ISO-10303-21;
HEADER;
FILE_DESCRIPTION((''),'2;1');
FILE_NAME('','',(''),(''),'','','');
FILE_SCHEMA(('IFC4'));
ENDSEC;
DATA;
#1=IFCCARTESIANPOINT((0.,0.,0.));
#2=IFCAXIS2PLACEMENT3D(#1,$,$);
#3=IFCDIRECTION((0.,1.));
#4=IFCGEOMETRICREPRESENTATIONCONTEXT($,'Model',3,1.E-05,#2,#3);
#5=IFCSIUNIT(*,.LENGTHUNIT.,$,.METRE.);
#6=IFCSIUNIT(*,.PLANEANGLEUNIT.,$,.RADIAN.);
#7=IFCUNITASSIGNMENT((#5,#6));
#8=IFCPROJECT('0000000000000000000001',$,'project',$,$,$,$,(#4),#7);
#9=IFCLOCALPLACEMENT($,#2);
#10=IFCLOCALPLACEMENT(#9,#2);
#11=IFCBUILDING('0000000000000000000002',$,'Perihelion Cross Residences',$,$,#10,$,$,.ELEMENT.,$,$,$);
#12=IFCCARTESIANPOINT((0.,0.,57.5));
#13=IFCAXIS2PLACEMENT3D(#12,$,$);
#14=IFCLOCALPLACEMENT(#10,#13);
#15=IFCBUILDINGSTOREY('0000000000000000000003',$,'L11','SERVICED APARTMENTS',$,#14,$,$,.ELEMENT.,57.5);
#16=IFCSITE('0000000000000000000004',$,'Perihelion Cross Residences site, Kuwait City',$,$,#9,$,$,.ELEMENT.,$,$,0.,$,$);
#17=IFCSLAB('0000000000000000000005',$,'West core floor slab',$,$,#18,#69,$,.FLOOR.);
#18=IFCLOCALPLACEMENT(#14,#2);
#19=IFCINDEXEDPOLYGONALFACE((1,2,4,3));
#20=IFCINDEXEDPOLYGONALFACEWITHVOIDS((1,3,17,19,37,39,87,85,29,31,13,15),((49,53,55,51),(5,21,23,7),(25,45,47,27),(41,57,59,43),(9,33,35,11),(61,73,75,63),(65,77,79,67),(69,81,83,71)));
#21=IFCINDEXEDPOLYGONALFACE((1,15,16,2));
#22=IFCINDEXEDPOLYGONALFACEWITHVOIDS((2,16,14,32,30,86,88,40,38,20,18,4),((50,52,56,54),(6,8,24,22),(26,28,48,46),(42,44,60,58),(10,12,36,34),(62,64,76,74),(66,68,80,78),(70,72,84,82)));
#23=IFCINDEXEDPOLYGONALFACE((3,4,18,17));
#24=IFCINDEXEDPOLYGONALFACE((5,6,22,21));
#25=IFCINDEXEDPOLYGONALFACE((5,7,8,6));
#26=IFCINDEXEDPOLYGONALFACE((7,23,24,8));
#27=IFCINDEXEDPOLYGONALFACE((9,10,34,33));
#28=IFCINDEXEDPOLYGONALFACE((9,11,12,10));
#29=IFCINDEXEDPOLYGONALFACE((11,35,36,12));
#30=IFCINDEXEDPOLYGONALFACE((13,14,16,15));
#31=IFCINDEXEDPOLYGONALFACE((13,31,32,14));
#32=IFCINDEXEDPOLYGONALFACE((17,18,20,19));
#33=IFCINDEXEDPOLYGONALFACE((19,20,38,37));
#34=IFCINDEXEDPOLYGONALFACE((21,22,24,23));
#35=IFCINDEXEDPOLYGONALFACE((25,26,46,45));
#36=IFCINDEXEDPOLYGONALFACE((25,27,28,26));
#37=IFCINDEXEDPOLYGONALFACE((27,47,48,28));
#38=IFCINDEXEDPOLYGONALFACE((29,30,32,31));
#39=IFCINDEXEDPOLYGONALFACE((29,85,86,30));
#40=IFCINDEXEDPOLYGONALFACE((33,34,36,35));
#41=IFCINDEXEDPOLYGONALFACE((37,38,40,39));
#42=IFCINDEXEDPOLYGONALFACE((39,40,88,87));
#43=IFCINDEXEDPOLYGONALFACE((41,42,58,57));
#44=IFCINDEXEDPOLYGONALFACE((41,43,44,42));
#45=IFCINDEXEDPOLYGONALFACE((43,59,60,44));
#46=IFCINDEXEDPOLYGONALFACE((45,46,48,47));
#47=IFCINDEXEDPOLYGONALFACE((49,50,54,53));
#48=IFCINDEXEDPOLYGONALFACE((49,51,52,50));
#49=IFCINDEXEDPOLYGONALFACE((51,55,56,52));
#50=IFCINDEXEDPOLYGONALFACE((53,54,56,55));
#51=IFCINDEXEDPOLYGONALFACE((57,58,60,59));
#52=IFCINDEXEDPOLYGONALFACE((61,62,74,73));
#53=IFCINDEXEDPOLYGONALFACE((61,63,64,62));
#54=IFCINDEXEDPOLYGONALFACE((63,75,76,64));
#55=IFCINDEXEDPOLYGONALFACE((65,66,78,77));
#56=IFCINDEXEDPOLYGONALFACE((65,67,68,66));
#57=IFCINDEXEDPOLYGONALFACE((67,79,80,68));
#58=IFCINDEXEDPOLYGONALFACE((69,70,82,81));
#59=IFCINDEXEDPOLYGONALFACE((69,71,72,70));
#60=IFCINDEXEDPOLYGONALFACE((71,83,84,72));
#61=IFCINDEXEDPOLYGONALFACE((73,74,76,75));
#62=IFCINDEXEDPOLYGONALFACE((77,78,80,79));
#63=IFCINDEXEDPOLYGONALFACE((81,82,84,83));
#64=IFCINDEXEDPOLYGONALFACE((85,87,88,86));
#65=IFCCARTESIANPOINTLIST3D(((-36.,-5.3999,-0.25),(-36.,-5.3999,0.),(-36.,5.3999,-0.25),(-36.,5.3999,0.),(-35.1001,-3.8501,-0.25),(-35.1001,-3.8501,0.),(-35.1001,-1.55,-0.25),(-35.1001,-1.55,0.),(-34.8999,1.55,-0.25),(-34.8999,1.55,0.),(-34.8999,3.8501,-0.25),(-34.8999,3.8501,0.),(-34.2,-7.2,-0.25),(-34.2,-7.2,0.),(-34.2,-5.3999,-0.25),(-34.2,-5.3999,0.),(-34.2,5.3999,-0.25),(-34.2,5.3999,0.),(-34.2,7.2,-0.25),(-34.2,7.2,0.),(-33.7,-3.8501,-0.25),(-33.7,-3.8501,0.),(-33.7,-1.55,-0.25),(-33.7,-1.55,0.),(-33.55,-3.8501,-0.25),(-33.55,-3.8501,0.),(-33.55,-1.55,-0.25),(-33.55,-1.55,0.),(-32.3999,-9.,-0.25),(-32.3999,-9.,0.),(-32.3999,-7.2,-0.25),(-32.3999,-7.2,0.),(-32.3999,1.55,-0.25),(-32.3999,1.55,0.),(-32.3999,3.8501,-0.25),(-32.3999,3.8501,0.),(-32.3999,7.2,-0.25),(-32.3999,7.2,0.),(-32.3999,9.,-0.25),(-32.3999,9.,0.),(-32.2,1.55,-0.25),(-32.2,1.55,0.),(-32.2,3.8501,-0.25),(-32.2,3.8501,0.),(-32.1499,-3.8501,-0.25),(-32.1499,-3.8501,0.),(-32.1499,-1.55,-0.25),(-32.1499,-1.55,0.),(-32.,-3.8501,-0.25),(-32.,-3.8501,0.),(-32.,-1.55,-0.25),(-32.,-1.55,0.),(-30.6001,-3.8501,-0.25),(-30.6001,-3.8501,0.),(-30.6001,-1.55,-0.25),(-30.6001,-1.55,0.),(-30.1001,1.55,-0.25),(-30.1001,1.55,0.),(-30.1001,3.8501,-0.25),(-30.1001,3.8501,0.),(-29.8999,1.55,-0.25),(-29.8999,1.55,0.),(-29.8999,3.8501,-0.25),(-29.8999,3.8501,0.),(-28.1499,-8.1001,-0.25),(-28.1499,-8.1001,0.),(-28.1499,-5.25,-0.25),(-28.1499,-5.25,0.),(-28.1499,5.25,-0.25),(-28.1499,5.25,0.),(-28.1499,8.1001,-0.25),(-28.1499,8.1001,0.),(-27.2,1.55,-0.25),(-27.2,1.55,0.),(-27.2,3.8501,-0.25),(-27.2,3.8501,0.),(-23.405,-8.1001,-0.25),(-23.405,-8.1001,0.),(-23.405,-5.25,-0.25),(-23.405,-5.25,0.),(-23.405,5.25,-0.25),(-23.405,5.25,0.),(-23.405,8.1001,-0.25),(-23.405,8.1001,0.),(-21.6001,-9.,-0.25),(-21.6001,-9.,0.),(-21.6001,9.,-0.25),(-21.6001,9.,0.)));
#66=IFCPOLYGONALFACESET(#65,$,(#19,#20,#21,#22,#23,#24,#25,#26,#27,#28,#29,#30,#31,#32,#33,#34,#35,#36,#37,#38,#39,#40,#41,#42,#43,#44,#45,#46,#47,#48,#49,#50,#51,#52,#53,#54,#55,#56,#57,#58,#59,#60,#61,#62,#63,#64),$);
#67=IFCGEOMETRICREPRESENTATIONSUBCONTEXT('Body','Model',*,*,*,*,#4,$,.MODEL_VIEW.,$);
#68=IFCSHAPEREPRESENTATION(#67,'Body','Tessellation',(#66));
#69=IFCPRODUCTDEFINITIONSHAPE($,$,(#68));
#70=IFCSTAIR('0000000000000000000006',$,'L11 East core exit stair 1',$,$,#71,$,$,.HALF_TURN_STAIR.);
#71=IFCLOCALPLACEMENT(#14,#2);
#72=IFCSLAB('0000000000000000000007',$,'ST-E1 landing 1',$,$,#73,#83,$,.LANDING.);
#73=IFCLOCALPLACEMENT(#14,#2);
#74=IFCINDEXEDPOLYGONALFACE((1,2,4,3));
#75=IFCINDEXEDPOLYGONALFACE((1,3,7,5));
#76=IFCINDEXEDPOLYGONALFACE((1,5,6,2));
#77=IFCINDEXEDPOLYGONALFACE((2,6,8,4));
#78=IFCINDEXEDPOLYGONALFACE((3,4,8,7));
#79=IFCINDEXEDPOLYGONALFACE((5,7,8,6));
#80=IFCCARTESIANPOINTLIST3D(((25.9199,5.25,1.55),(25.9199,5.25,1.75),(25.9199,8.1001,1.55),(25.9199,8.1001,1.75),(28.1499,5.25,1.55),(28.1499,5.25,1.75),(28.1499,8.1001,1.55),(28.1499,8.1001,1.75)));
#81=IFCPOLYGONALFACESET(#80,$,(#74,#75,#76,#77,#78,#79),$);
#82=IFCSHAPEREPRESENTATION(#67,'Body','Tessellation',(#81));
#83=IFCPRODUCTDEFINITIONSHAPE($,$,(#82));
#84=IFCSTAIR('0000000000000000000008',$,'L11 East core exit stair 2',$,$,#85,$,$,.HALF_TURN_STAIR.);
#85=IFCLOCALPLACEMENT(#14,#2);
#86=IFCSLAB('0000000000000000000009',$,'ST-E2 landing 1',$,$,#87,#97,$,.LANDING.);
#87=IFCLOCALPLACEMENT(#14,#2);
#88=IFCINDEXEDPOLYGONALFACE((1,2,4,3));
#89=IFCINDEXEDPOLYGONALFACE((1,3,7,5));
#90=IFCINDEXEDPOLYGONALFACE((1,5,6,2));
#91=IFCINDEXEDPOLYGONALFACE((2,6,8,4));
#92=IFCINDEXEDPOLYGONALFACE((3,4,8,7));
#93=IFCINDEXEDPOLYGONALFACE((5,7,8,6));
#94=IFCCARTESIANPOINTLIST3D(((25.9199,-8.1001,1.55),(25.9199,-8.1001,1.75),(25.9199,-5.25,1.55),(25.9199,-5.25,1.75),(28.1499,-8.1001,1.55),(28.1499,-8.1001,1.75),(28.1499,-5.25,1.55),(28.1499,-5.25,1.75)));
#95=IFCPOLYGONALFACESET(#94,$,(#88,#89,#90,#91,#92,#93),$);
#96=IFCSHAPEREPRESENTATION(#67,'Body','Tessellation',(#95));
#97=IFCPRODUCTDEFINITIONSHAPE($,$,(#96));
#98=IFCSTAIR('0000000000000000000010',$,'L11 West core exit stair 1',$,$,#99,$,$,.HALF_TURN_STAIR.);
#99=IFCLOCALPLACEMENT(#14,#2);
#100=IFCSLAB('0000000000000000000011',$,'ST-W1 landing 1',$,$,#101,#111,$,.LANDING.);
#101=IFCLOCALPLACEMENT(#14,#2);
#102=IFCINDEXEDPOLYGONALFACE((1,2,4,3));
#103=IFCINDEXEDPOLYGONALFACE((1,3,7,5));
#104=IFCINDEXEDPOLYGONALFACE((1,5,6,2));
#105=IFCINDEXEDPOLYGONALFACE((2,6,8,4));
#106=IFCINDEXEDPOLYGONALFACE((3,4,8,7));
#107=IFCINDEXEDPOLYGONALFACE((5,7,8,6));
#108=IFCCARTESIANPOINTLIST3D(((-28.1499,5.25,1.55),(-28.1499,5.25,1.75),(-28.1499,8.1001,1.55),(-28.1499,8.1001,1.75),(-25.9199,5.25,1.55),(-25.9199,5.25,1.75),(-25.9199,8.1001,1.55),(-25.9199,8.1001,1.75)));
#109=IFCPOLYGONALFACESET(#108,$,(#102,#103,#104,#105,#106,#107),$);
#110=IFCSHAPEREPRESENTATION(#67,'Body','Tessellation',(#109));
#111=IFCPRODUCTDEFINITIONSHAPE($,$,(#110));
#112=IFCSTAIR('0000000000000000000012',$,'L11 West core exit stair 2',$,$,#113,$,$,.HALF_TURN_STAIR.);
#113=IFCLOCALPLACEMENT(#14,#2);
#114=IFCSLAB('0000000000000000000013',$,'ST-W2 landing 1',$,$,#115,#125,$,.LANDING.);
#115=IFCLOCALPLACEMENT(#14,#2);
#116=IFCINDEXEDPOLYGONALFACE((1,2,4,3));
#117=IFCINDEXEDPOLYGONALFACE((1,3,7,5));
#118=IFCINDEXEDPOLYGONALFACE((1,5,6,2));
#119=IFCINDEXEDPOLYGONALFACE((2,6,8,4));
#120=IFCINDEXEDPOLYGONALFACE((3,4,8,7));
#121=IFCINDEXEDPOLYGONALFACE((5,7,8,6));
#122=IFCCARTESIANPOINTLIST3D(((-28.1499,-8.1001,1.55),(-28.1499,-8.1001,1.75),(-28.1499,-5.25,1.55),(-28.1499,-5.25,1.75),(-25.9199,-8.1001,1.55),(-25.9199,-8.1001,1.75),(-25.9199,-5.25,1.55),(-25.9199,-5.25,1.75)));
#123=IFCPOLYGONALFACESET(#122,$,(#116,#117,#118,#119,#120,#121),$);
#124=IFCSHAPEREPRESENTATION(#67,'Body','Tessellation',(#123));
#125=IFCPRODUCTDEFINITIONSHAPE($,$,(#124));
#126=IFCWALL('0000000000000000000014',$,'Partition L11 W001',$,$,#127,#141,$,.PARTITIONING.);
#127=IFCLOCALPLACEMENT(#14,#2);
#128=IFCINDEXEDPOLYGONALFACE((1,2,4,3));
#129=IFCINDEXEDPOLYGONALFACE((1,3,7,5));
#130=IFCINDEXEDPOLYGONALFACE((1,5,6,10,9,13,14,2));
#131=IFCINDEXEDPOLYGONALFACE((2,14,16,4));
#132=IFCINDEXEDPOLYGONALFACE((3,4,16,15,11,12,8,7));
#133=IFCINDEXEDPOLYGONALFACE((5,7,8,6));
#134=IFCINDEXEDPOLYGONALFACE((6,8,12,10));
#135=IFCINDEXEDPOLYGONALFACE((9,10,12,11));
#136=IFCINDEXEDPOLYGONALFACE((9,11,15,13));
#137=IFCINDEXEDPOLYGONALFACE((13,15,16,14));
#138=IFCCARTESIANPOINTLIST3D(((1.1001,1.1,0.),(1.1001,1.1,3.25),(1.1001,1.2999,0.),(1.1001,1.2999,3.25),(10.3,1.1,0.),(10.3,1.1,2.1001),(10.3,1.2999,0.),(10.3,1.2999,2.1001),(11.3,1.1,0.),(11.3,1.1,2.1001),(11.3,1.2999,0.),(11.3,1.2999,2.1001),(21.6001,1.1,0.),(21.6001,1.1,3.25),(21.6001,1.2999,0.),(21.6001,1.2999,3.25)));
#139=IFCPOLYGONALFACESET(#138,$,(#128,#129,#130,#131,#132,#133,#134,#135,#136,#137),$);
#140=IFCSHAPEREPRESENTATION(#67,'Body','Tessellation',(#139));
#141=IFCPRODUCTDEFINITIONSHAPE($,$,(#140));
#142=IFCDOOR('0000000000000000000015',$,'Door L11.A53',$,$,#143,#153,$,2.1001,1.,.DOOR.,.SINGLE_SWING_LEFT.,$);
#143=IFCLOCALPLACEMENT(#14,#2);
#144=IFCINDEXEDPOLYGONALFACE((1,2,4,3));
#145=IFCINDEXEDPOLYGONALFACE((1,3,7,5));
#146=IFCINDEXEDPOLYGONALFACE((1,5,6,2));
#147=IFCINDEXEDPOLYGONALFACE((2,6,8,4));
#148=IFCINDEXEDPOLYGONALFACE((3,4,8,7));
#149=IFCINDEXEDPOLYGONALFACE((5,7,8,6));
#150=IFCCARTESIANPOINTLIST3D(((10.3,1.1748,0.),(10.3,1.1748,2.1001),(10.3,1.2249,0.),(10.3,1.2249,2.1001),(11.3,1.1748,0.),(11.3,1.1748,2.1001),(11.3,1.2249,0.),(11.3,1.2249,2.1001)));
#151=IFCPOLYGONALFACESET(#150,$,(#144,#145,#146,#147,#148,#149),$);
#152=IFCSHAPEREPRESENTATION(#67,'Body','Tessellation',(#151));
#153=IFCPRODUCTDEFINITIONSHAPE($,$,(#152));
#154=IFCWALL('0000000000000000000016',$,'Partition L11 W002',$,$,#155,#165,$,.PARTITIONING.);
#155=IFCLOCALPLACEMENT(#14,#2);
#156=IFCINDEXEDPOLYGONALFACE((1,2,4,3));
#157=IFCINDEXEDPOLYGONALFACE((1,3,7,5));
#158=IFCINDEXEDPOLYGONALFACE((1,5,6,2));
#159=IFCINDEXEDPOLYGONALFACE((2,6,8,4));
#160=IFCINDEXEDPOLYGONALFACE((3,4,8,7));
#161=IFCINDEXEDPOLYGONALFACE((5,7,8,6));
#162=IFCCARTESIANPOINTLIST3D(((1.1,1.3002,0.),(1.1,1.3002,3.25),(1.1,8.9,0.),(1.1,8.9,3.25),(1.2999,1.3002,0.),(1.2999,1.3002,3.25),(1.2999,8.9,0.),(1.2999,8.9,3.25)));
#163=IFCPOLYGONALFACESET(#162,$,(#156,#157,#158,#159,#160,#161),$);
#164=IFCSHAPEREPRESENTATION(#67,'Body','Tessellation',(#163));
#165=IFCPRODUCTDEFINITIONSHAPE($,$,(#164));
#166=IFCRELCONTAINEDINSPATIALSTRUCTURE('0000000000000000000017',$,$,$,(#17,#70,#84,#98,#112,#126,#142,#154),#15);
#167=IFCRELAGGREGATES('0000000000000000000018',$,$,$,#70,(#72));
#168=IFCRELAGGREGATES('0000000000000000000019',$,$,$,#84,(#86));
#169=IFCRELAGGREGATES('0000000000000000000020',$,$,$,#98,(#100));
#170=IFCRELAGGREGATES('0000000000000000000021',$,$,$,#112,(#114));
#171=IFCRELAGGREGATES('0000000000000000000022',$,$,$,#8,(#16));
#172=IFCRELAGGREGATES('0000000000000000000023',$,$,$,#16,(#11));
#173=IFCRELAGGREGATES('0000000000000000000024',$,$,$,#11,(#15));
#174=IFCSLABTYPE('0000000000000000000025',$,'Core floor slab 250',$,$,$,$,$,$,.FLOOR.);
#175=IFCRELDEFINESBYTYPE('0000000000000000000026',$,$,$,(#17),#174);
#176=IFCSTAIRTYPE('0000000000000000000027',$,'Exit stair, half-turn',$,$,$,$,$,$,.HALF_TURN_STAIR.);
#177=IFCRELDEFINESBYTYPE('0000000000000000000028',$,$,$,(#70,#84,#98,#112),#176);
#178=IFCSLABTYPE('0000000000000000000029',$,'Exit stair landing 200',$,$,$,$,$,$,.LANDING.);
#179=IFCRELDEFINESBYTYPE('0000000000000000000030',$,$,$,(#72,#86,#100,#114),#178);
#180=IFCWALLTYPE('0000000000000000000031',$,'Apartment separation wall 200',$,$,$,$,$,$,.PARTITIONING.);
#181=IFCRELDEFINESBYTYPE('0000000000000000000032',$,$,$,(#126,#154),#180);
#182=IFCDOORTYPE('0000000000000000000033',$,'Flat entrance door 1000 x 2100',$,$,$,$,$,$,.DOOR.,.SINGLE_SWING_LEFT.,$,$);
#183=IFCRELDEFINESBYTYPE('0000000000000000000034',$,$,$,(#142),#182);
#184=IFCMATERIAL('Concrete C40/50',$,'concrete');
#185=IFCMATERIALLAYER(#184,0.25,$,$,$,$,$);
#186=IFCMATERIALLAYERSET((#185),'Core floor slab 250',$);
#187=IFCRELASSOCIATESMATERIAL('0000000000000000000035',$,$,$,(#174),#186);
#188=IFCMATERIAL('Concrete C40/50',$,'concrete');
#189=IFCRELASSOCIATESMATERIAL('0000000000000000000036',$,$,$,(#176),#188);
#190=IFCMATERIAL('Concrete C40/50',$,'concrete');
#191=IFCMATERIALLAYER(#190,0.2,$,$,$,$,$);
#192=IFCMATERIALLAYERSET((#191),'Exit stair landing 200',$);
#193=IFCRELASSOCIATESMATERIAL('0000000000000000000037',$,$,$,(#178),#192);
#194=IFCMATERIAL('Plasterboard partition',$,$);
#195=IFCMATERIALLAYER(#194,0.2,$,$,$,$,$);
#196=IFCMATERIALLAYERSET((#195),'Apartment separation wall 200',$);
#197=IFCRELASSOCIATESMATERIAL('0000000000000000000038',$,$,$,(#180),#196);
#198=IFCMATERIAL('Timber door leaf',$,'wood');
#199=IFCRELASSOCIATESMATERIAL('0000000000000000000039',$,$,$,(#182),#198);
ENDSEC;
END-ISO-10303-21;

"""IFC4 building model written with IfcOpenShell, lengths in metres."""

from ifc_helpers import new_model, si_unit, direction, frame, frame_2d, origin, place, context, subcontext, project, spatial, polyline, rectangle, outline, extrude, material, layer, layer_set, type_object, element, fill, aggregate, save


model = new_model("IFC4")

# Units and contexts
model_context = context("Model", 3, precision=1e-05, world=origin(), true_north=direction((0.0, 1.0)))
body_context = subcontext(model_context, "Body", "Model", "MODEL_VIEW")
ifc_project = project(units=[si_unit("LENGTHUNIT", "METRE"), si_unit("PLANEANGLEUNIT", "RADIAN")], contexts=[model_context])

# Site, building, storey
site_placement = place(None, origin())
site = spatial("IfcSite", under=ifc_project, at=site_placement, Name="Perihelion Cross Residences site, Kuwait City", CompositionType="ELEMENT", RefElevation=0.0)
building_placement = place(site_placement, origin())
building = spatial("IfcBuilding", under=site, at=building_placement, Name="Perihelion Cross Residences", CompositionType="ELEMENT")
storey_placement = place(building_placement, frame((0.0, 0.0, 57.5)))
storey = spatial("IfcBuildingStorey", under=building, at=storey_placement, Name="L11", Description="SERVICED APARTMENTS", CompositionType="ELEMENT", Elevation=57.5)

# Slab
ifc_material_1 = material(Name="Concrete C40/50", Category="concrete")
ifc_layer_1 = layer(ifc_material_1, 0.25)
ifc_layer_set_1 = layer_set([ifc_layer_1], Name="Core floor slab 250")
slab_type_1 = type_object("IfcSlabType", Name="Core floor slab 250", PredefinedType="FLOOR", material=ifc_layer_set_1)
slab_1_placement = place(storey_placement, frame((0.0, 0.0, -0.25)))
element("IfcSlab", 1, at=slab_1_placement, inside=storey, type_object=slab_type_1, Name="West core floor slab", PredefinedType="FLOOR", context=body_context, shape_type="SweptSolid", body=[
    extrude(outline(polyline([(-32.3999, 7.2), (-34.2, 7.2), (-34.2, 5.3999), (-36.0, 5.3999), (-36.0, -5.3999), (-34.2, -5.3999), (-34.2, -7.2), (-32.3999, -7.2), (-32.3999, -9.0), (-21.6001, -9.0), (-21.6001, 9.0), (-32.3999, 9.0), (-32.3999, 7.2)]), holes=[polyline([(-23.405, -8.1001), (-28.1499, -8.1001), (-28.1499, -5.25), (-23.405, -5.25), (-23.405, -8.1001)]), polyline([(-30.6001, -1.55), (-30.6001, -3.8501), (-32.0, -3.8501), (-32.0, -1.55), (-30.6001, -1.55)]), polyline([(-32.1499, -1.55), (-32.1499, -3.8501), (-33.55, -3.8501), (-33.55, -1.55), (-32.1499, -1.55)]), polyline([(-33.7, -1.55), (-33.7, -3.8501), (-35.1001, -3.8501), (-35.1001, -1.55), (-33.7, -1.55)]), polyline([(-27.2, 3.8501), (-27.2, 1.55), (-29.8999, 1.55), (-29.8999, 3.8501), (-27.2, 3.8501)]), polyline([(-30.1001, 3.8501), (-30.1001, 1.55), (-32.2, 1.55), (-32.2, 3.8501), (-30.1001, 3.8501)]), polyline([(-32.3999, 3.8501), (-32.3999, 1.55), (-34.8999, 1.55), (-34.8999, 3.8501), (-32.3999, 3.8501)]), polyline([(-23.405, 5.25), (-28.1499, 5.25), (-28.1499, 8.1001), (-23.405, 8.1001), (-23.405, 5.25)])]), origin(), (0.0, 0.0, 1.0), 0.25),
])

# Stairs, slabs
ifc_material_2 = material(Name="Concrete C40/50", Category="concrete")
stair_type = type_object("IfcStairType", Name="Exit stair, half-turn", PredefinedType="HALF_TURN_STAIR", material=ifc_material_2)
stair_1_placement = place(storey_placement, origin())
stair_1 = element("IfcStair", 2, at=stair_1_placement, inside=storey, type_object=stair_type, Name="L11 East core exit stair 1", PredefinedType="HALF_TURN_STAIR")
ifc_material_3 = material(Name="Concrete C40/50", Category="concrete")
ifc_layer_2 = layer(ifc_material_3, 0.2)
ifc_layer_set_2 = layer_set([ifc_layer_2], Name="Exit stair landing 200")
slab_type_2 = type_object("IfcSlabType", Name="Exit stair landing 200", PredefinedType="LANDING", material=ifc_layer_set_2)
slab_2_placement = place(storey_placement, frame((0.0, 0.0, 1.55)))
slab_2 = element("IfcSlab", 3, at=slab_2_placement, type_object=slab_type_2, Name="ST-E1 landing 1", PredefinedType="LANDING", context=body_context, shape_type="SweptSolid", body=[
    extrude(outline(polyline([(25.9199, 5.25), (28.1499, 5.25), (28.1499, 8.1001), (25.9199, 8.1001), (25.9199, 5.25)])), origin(), (0.0, 0.0, 1.0), 0.2),
])
aggregate(stair_1, [slab_2])
stair_2_placement = place(storey_placement, origin())
stair_2 = element("IfcStair", 4, at=stair_2_placement, inside=storey, type_object=stair_type, Name="L11 East core exit stair 2", PredefinedType="HALF_TURN_STAIR")
slab_3_placement = place(storey_placement, frame((0.0, 0.0, 1.55)))
slab_3 = element("IfcSlab", 5, at=slab_3_placement, type_object=slab_type_2, Name="ST-E2 landing 1", PredefinedType="LANDING", context=body_context, shape_type="SweptSolid", body=[
    extrude(outline(polyline([(25.9199, -8.1001), (28.1499, -8.1001), (28.1499, -5.25), (25.9199, -5.25), (25.9199, -8.1001)])), origin(), (0.0, 0.0, 1.0), 0.2),
])
aggregate(stair_2, [slab_3])
stair_3_placement = place(storey_placement, origin())
stair_3 = element("IfcStair", 6, at=stair_3_placement, inside=storey, type_object=stair_type, Name="L11 West core exit stair 1", PredefinedType="HALF_TURN_STAIR")
slab_4_placement = place(storey_placement, frame((0.0, 0.0, 1.55)))
slab_4 = element("IfcSlab", 7, at=slab_4_placement, type_object=slab_type_2, Name="ST-W1 landing 1", PredefinedType="LANDING", context=body_context, shape_type="SweptSolid", body=[
    extrude(outline(polyline([(-25.9199, 8.1001), (-28.1499, 8.1001), (-28.1499, 5.25), (-25.9199, 5.25), (-25.9199, 8.1001)])), origin(), (0.0, 0.0, 1.0), 0.2),
])
aggregate(stair_3, [slab_4])
stair_4_placement = place(storey_placement, origin())
stair_4 = element("IfcStair", 8, at=stair_4_placement, inside=storey, type_object=stair_type, Name="L11 West core exit stair 2", PredefinedType="HALF_TURN_STAIR")
slab_5_placement = place(storey_placement, frame((0.0, 0.0, 1.55)))
slab_5 = element("IfcSlab", 9, at=slab_5_placement, type_object=slab_type_2, Name="ST-W2 landing 1", PredefinedType="LANDING", context=body_context, shape_type="SweptSolid", body=[
    extrude(outline(polyline([(-25.9199, -5.25), (-28.1499, -5.25), (-28.1499, -8.1001), (-25.9199, -8.1001), (-25.9199, -5.25)])), origin(), (0.0, 0.0, 1.0), 0.2),
])
aggregate(stair_4, [slab_5])

# Wall, opening, door
ifc_material_4 = material(Name="Plasterboard partition")
ifc_layer_3 = layer(ifc_material_4, 0.2)
ifc_layer_set_3 = layer_set([ifc_layer_3], Name="Apartment separation wall 200")
wall_type_1 = type_object("IfcWallType", Name="Apartment separation wall 200", PredefinedType="PARTITIONING", material=ifc_layer_set_3)
wall_1_placement = place(storey_placement, frame((1.1001, 1.2, 0.0), z_axis=(0.0, 0.0, 1.0), x_axis=(1.0, 0.0, 0.0)))
wall_1 = element("IfcWall", 10, at=wall_1_placement, inside=storey, type_object=wall_type_1, Name="Partition L11 W001", PredefinedType="PARTITIONING", context=body_context, shape_type="SweptSolid", body=[
    extrude(rectangle(XDim=20.5, YDim=0.2, at=frame_2d((10.25, 0.0))), origin(), (0.0, 0.0, 1.0), 3.25),
])
opening_1_placement = place(wall_1_placement, frame((9.2, 0.0, 0.0)))
opening_1 = element("IfcOpeningElement", 11, at=opening_1_placement, cuts=wall_1, PredefinedType="OPENING", context=body_context, shape_type="SweptSolid", body=[
    extrude(rectangle(XDim=1.0, YDim=2.1001, at=frame_2d((0.5, 1.05))), frame((0.0, 0.1099, 0.0), z_axis=(0.0, -1.0, 0.0), x_axis=(1.0, 0.0, 0.0)), (0.0, 0.0, 1.0), 0.22),
])
ifc_material_5 = material(Name="Timber door leaf", Category="wood")
door_type_1 = type_object("IfcDoorType", Name="Flat entrance door 1000 x 2100", OperationType="SINGLE_SWING_LEFT", PredefinedType="DOOR", material=ifc_material_5)
door_1_placement = place(opening_1_placement, origin())
door_1 = element("IfcDoor", 12, at=door_1_placement, inside=storey, type_object=door_type_1, Name="Door L11.A53", OperationType="SINGLE_SWING_LEFT", OverallHeight=2.1001, OverallWidth=1.0, PredefinedType="DOOR", context=body_context, shape_type="SweptSolid", body=[
    extrude(rectangle(XDim=1.0, YDim=2.1001, at=frame_2d((0.5, 1.05))), frame((0.0, 0.0249, 0.0), z_axis=(0.0, -1.0, 0.0), x_axis=(1.0, 0.0, 0.0)), (0.0, 0.0, 1.0), 0.05),
])
fill(opening_1, door_1)

# Wall
wall_2_placement = place(storey_placement, frame((1.2, 8.8999, 0.0), z_axis=(0.0, 0.0, 1.0), x_axis=(0.0, -1.0, 0.0)))
element("IfcWall", 13, at=wall_2_placement, inside=storey, type_object=wall_type_1, Name="Partition L11 W002", PredefinedType="PARTITIONING", context=body_context, shape_type="SweptSolid", body=[
    extrude(rectangle(XDim=7.5999, YDim=0.2, at=frame_2d((3.7998, 0.0))), origin(), (0.0, 0.0, 1.0), 3.25),
])

save(model, "model.ifc")
